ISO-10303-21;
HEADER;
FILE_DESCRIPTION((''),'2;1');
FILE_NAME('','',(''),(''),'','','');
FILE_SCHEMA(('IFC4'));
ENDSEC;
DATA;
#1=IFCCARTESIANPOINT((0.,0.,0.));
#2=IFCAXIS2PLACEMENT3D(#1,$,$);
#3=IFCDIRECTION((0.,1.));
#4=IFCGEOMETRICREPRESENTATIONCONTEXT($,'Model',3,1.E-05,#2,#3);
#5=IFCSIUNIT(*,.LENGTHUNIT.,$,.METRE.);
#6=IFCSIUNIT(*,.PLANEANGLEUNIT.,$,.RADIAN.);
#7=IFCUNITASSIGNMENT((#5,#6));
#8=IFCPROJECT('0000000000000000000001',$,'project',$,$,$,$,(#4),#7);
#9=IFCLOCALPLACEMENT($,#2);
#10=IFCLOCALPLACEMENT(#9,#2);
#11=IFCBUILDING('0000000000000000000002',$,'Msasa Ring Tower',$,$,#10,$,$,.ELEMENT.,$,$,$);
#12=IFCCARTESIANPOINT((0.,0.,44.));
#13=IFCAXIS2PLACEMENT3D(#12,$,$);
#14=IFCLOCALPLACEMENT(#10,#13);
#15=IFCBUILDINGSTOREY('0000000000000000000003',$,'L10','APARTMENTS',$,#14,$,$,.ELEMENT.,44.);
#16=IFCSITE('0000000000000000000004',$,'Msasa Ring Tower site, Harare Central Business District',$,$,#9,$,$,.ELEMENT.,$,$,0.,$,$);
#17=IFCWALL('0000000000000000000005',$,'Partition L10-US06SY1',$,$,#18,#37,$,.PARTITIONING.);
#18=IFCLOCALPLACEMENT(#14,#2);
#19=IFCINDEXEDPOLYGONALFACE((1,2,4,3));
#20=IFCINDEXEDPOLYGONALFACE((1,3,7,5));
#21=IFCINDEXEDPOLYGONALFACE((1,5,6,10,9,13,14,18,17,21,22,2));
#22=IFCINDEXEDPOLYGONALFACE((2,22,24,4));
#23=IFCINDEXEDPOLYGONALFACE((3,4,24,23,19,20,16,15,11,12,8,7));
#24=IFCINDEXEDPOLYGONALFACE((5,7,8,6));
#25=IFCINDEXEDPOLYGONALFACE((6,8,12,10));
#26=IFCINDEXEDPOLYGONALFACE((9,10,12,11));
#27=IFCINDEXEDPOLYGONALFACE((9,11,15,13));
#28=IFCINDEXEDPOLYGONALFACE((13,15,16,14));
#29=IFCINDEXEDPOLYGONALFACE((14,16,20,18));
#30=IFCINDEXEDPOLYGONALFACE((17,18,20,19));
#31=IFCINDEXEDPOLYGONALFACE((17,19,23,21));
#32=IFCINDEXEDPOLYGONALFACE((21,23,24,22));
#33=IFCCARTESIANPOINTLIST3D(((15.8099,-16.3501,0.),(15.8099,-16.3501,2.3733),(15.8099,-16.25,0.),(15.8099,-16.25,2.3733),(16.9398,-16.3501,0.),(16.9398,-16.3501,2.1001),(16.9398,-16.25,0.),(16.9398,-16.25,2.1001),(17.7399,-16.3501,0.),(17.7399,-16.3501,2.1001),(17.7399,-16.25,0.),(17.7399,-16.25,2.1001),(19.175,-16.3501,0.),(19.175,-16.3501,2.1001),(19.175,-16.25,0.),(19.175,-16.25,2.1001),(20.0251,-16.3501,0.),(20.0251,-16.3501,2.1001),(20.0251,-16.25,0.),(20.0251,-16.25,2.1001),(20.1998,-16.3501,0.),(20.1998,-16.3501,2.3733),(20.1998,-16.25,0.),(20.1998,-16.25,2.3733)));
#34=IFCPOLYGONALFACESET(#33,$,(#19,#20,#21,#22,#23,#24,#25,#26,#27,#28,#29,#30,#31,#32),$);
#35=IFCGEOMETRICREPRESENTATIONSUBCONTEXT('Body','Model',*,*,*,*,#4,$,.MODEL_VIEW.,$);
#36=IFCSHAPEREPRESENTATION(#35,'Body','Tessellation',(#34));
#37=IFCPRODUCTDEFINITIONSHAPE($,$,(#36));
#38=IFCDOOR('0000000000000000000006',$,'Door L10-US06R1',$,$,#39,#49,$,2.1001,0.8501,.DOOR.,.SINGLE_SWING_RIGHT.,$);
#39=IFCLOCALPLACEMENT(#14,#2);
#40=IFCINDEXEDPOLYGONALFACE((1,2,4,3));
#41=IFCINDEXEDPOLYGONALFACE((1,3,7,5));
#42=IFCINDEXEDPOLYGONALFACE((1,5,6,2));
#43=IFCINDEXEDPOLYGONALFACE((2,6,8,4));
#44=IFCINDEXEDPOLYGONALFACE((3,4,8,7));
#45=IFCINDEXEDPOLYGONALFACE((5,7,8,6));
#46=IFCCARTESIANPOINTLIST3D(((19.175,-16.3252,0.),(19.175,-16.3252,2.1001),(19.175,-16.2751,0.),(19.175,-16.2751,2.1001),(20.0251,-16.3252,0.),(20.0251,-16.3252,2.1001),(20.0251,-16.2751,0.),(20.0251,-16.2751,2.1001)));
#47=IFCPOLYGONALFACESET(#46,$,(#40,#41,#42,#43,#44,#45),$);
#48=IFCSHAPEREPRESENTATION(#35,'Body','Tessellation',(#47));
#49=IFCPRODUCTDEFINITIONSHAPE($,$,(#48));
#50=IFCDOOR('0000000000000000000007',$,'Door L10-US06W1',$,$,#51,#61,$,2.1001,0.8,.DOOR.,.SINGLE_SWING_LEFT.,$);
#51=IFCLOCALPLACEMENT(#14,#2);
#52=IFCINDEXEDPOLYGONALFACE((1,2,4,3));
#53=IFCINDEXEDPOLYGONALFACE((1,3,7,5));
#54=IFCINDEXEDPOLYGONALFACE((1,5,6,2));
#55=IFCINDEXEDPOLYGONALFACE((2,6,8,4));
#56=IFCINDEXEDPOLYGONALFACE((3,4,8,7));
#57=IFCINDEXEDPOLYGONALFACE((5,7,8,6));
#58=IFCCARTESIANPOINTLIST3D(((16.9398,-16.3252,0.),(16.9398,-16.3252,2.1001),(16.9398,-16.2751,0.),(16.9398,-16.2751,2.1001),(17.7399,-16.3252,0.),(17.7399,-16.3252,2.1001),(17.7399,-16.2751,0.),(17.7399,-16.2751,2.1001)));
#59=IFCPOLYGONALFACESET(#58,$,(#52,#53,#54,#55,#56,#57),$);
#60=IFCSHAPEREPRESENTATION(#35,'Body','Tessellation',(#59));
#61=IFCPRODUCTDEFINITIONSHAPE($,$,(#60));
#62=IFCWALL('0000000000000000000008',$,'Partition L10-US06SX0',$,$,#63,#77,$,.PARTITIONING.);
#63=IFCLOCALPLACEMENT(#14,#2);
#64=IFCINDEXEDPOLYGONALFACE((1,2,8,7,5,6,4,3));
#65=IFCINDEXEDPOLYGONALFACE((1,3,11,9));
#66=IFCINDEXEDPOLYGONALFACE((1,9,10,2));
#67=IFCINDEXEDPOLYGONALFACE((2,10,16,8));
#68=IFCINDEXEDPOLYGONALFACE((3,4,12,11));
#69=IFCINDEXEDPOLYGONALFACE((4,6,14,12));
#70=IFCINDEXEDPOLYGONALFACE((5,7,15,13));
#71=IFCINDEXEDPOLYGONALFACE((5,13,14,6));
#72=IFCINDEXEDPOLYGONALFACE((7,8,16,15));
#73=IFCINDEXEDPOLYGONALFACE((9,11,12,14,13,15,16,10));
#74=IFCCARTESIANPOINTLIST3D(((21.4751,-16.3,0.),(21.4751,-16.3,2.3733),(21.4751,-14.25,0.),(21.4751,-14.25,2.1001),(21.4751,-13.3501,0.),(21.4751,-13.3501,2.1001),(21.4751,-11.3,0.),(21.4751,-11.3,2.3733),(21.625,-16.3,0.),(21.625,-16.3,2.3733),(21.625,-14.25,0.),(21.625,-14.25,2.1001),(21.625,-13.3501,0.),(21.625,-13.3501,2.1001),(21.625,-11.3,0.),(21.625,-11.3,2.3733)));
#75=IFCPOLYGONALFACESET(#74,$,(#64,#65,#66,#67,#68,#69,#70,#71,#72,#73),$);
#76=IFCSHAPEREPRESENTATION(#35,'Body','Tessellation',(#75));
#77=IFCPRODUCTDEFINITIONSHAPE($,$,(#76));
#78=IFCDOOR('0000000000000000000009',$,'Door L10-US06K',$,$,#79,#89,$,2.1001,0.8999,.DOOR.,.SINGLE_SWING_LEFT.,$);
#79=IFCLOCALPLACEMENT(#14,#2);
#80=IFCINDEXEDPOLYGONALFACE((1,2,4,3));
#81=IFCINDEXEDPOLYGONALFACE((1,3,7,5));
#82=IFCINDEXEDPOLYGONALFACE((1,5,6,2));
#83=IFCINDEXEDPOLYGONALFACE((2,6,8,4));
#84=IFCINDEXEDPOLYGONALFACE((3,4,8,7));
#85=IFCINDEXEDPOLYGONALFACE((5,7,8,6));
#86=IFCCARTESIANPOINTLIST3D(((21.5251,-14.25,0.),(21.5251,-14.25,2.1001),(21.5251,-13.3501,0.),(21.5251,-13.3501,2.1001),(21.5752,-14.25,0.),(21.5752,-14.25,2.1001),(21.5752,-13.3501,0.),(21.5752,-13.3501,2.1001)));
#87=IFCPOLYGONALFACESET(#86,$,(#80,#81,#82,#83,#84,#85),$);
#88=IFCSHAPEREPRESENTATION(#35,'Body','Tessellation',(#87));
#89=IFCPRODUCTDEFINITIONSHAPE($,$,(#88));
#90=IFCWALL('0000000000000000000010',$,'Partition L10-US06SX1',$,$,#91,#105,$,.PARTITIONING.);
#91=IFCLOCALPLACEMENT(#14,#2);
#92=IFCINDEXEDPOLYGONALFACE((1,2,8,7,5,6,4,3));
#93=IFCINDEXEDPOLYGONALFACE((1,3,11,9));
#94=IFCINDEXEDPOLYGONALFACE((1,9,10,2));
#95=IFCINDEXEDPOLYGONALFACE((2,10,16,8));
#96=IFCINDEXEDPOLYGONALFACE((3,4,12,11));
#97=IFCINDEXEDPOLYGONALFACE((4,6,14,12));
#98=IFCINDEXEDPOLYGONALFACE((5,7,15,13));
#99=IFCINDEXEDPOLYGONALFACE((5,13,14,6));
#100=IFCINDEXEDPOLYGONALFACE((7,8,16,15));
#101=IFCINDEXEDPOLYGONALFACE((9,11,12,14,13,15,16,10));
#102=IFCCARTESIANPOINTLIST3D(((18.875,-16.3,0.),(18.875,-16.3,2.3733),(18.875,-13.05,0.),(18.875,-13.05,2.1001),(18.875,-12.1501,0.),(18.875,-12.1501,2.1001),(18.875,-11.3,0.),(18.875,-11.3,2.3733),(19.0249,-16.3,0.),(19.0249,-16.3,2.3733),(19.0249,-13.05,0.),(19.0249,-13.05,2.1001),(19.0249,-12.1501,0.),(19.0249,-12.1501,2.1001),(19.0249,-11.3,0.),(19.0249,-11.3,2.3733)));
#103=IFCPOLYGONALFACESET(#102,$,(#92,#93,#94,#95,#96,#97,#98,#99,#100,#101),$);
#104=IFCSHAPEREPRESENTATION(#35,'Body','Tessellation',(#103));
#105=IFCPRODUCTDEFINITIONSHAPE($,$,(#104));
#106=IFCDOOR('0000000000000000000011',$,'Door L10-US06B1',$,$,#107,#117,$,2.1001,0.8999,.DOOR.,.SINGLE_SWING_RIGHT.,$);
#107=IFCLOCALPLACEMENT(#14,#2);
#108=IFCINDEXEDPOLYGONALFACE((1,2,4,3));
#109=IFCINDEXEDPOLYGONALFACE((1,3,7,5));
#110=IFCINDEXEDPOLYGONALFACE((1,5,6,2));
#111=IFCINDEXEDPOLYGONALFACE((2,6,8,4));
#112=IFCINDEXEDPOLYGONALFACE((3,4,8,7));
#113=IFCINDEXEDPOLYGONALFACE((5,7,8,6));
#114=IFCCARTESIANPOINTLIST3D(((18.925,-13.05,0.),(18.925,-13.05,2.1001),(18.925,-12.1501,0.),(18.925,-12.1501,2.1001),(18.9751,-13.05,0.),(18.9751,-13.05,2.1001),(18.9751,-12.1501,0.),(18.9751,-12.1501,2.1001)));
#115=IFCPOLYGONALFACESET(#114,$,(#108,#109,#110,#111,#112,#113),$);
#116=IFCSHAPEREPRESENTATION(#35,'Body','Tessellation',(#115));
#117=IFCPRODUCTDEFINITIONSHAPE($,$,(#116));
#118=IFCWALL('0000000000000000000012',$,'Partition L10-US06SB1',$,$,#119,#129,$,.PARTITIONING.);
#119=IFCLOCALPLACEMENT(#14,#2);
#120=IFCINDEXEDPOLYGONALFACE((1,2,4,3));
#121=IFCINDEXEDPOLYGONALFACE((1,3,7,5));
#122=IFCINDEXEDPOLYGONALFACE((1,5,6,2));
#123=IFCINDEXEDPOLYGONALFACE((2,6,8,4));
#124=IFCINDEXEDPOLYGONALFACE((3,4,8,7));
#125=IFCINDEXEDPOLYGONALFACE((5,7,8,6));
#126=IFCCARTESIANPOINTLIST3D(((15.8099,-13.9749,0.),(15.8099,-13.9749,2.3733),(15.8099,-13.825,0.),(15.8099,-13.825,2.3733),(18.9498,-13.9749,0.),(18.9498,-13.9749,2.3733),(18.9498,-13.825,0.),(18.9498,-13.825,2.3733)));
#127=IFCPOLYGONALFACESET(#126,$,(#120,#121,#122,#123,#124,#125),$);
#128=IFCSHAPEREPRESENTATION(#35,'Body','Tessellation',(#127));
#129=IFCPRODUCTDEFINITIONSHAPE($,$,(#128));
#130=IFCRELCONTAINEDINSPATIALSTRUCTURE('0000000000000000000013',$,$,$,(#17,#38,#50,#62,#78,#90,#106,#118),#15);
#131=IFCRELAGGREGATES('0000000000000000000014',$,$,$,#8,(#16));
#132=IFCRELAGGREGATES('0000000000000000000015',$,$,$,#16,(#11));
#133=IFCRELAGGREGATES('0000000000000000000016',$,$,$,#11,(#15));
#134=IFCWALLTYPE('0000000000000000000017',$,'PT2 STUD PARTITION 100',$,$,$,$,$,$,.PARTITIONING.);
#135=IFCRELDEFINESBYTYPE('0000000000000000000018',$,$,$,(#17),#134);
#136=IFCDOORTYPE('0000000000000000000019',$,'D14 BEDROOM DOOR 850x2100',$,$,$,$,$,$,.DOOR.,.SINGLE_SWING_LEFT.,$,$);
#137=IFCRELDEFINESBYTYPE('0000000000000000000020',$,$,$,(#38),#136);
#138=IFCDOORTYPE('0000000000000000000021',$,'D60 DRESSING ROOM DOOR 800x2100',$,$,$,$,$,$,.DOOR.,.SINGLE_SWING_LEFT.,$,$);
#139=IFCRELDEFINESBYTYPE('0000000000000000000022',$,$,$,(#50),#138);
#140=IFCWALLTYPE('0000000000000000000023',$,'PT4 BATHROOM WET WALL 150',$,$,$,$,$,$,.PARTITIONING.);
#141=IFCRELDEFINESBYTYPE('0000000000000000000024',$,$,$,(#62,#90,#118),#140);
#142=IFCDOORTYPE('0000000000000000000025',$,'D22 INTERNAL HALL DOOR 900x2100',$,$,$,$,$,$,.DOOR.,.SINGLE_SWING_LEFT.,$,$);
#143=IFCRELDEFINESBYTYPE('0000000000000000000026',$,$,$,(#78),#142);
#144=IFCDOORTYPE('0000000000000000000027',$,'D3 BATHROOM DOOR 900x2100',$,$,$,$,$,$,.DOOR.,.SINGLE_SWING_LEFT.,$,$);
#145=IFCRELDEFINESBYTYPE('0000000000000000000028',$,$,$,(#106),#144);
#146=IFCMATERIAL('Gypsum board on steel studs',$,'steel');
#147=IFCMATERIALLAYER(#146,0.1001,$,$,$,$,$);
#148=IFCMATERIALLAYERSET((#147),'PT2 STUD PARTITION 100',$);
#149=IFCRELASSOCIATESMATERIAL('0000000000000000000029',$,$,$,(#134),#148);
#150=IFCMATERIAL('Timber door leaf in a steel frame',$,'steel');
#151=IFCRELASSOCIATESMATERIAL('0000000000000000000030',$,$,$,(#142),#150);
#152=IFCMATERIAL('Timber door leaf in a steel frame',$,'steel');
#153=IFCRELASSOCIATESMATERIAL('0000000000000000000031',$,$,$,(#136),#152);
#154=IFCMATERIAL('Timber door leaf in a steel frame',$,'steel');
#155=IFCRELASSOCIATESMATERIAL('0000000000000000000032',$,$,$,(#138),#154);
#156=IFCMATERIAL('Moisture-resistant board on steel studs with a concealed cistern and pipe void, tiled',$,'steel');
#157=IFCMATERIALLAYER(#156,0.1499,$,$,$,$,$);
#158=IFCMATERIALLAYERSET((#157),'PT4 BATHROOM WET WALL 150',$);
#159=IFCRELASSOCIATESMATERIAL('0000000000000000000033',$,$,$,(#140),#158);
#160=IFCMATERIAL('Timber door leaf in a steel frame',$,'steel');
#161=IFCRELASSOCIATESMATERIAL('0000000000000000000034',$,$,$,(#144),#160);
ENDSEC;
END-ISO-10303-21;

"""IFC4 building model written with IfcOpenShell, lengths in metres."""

from ifc_helpers import new_model, si_unit, direction, frame, frame_2d, origin, place, context, subcontext, project, spatial, rectangle, extrude, material, layer, layer_set, type_object, element, fill, save


model = new_model("IFC4")

# Units and contexts
model_context = context("Model", 3, precision=1e-05, world=origin(), true_north=direction((0.0, 1.0)))
body_context = subcontext(model_context, "Body", "Model", "MODEL_VIEW")
ifc_project = project(units=[si_unit("LENGTHUNIT", "METRE"), si_unit("PLANEANGLEUNIT", "RADIAN")], contexts=[model_context])

# Site, building, storey
site_placement = place(None, origin())
site = spatial("IfcSite", under=ifc_project, at=site_placement, Name="Msasa Ring Tower site, Harare Central Business District", CompositionType="ELEMENT", RefElevation=0.0)
building_placement = place(site_placement, origin())
building = spatial("IfcBuilding", under=site, at=building_placement, Name="Msasa Ring Tower", CompositionType="ELEMENT")
storey_placement = place(building_placement, frame((0.0, 0.0, 44.0)))
storey = spatial("IfcBuildingStorey", under=building, at=storey_placement, Name="L10", Description="APARTMENTS", CompositionType="ELEMENT", Elevation=44.0)

# Shared definitions
ifc_material_1 = material(Name="Gypsum board on steel studs", Category="steel")
ifc_layer_1 = layer(ifc_material_1, 0.1001)
ifc_layer_set_1 = layer_set([ifc_layer_1], Name="PT2 STUD PARTITION 100")
wall_type_1 = type_object("IfcWallType", Name="PT2 STUD PARTITION 100", PredefinedType="PARTITIONING", material=ifc_layer_set_1)

# Shared definitions
ifc_material_2 = material(Name="Timber door leaf in a steel frame", Category="steel")
door_type_1 = type_object("IfcDoorType", Name="D22 INTERNAL HALL DOOR 900x2100", OperationType="SINGLE_SWING_LEFT", PredefinedType="DOOR", material=ifc_material_2)

# Wall, openings, doors
wall_1_placement = place(storey_placement, frame((15.8101, -16.3, 0.0), z_axis=(0.0, 0.0, 1.0), x_axis=(1.0, 0.0, 0.0)))
wall_1 = element("IfcWall", 1, at=wall_1_placement, inside=storey, type_object=wall_type_1, Name="Partition L10-US06SY1", PredefinedType="PARTITIONING", context=body_context, shape_type="SweptSolid", body=[
    extrude(rectangle(XDim=4.3899, YDim=0.1001, at=frame_2d((2.1948, 0.0))), origin(), (0.0, 0.0, 1.0), 2.3733),
])
opening_1_placement = place(wall_1_placement, frame((3.365, 0.0, 0.0)))
opening_1 = element("IfcOpeningElement", 2, at=opening_1_placement, cuts=wall_1, PredefinedType="OPENING", context=body_context, shape_type="SweptSolid", body=[
    extrude(rectangle(XDim=0.8501, YDim=2.1001, at=frame_2d((0.425, 1.05))), frame((0.0, 0.0601, 0.0), z_axis=(0.0, -1.0, 0.0), x_axis=(1.0, 0.0, 0.0)), (0.0, 0.0, 1.0), 0.1201),
])
opening_2_placement = place(wall_1_placement, frame((1.1299, 0.0, 0.0)))
opening_2 = element("IfcOpeningElement", 3, at=opening_2_placement, cuts=wall_1, PredefinedType="OPENING", context=body_context, shape_type="SweptSolid", body=[
    extrude(rectangle(XDim=0.8, YDim=2.1001, at=frame_2d((0.3999, 1.05))), frame((0.0, 0.0601, 0.0), z_axis=(0.0, -1.0, 0.0), x_axis=(1.0, 0.0, 0.0)), (0.0, 0.0, 1.0), 0.1201),
])
ifc_material_3 = material(Name="Timber door leaf in a steel frame", Category="steel")
door_type_2 = type_object("IfcDoorType", Name="D14 BEDROOM DOOR 850x2100", OperationType="SINGLE_SWING_LEFT", PredefinedType="DOOR", material=ifc_material_3)
door_1_placement = place(opening_1_placement, origin())
door_1 = element("IfcDoor", 4, at=door_1_placement, inside=storey, type_object=door_type_2, Name="Door L10-US06R1", OperationType="SINGLE_SWING_RIGHT", OverallHeight=2.1001, OverallWidth=0.8501, PredefinedType="DOOR", context=body_context, shape_type="SweptSolid", body=[
    extrude(rectangle(XDim=0.8501, YDim=2.1001, at=frame_2d((0.425, 1.05))), frame((0.0, 0.0249, 0.0), z_axis=(0.0, -1.0, 0.0), x_axis=(1.0, 0.0, 0.0)), (0.0, 0.0, 1.0), 0.05),
])
fill(opening_1, door_1)
ifc_material_4 = material(Name="Timber door leaf in a steel frame", Category="steel")
door_type_3 = type_object("IfcDoorType", Name="D60 DRESSING ROOM DOOR 800x2100", OperationType="SINGLE_SWING_LEFT", PredefinedType="DOOR", material=ifc_material_4)
door_2_placement = place(opening_2_placement, origin())
door_2 = element("IfcDoor", 5, at=door_2_placement, inside=storey, type_object=door_type_3, Name="Door L10-US06W1", OperationType="SINGLE_SWING_LEFT", OverallHeight=2.1001, OverallWidth=0.8, PredefinedType="DOOR", context=body_context, shape_type="SweptSolid", body=[
    extrude(rectangle(XDim=0.8, YDim=2.1001, at=frame_2d((0.3999, 1.05))), frame((0.0, 0.0249, 0.0), z_axis=(0.0, -1.0, 0.0), x_axis=(1.0, 0.0, 0.0)), (0.0, 0.0, 1.0), 0.05),
])
fill(opening_2, door_2)

# Walls, openings, doors
ifc_material_5 = material(Name="Moisture-resistant board on steel studs with a concealed cistern and pipe void, tiled", Category="steel")
ifc_layer_2 = layer(ifc_material_5, 0.1499)
ifc_layer_set_2 = layer_set([ifc_layer_2], Name="PT4 BATHROOM WET WALL 150")
wall_type_2 = type_object("IfcWallType", Name="PT4 BATHROOM WET WALL 150", PredefinedType="PARTITIONING", material=ifc_layer_set_2)
wall_2_placement = place(storey_placement, frame((21.55, -16.3, 0.0), z_axis=(0.0, 0.0, 1.0), x_axis=(0.0, 1.0, 0.0)))
wall_2 = element("IfcWall", 6, at=wall_2_placement, inside=storey, type_object=wall_type_2, Name="Partition L10-US06SX0", PredefinedType="PARTITIONING", context=body_context, shape_type="SweptSolid", body=[
    extrude(rectangle(XDim=5.0, YDim=0.1499, at=frame_2d((2.5, 0.0))), origin(), (0.0, 0.0, 1.0), 2.3733),
])
opening_3_placement = place(wall_2_placement, frame((2.05, 0.0, 0.0)))
opening_3 = element("IfcOpeningElement", 7, at=opening_3_placement, cuts=wall_2, PredefinedType="OPENING", context=body_context, shape_type="SweptSolid", body=[
    extrude(rectangle(XDim=0.8999, YDim=2.1001, at=frame_2d((0.45, 1.05))), frame((0.0, 0.085, 0.0), z_axis=(0.0, -1.0, 0.0), x_axis=(1.0, 0.0, 0.0)), (0.0, 0.0, 1.0), 0.1699),
])
door_3_placement = place(opening_3_placement, origin())
door_3 = element("IfcDoor", 8, at=door_3_placement, inside=storey, type_object=door_type_1, Name="Door L10-US06K", OperationType="SINGLE_SWING_LEFT", OverallHeight=2.1001, OverallWidth=0.8999, PredefinedType="DOOR", context=body_context, shape_type="SweptSolid", body=[
    extrude(rectangle(XDim=0.8999, YDim=2.1001, at=frame_2d((0.45, 1.05))), frame((0.0, 0.0249, 0.0), z_axis=(0.0, -1.0, 0.0), x_axis=(1.0, 0.0, 0.0)), (0.0, 0.0, 1.0), 0.05),
])
fill(opening_3, door_3)
wall_3_placement = place(storey_placement, frame((18.95, -16.3, 0.0), z_axis=(0.0, 0.0, 1.0), x_axis=(0.0, 1.0, 0.0)))
wall_3 = element("IfcWall", 9, at=wall_3_placement, inside=storey, type_object=wall_type_2, Name="Partition L10-US06SX1", PredefinedType="PARTITIONING", context=body_context, shape_type="SweptSolid", body=[
    extrude(rectangle(XDim=5.0, YDim=0.1499, at=frame_2d((2.5, 0.0))), origin(), (0.0, 0.0, 1.0), 2.3733),
])
opening_4_placement = place(wall_3_placement, frame((3.25, 0.0, 0.0)))
opening_4 = element("IfcOpeningElement", 10, at=opening_4_placement, cuts=wall_3, PredefinedType="OPENING", context=body_context, shape_type="SweptSolid", body=[
    extrude(rectangle(XDim=0.8999, YDim=2.1001, at=frame_2d((0.45, 1.05))), frame((0.0, 0.085, 0.0), z_axis=(0.0, -1.0, 0.0), x_axis=(1.0, 0.0, 0.0)), (0.0, 0.0, 1.0), 0.1699),
])
ifc_material_6 = material(Name="Timber door leaf in a steel frame", Category="steel")
door_type_4 = type_object("IfcDoorType", Name="D3 BATHROOM DOOR 900x2100", OperationType="SINGLE_SWING_LEFT", PredefinedType="DOOR", material=ifc_material_6)
door_4_placement = place(opening_4_placement, origin())
door_4 = element("IfcDoor", 11, at=door_4_placement, inside=storey, type_object=door_type_4, Name="Door L10-US06B1", OperationType="SINGLE_SWING_RIGHT", OverallHeight=2.1001, OverallWidth=0.8999, PredefinedType="DOOR", context=body_context, shape_type="SweptSolid", body=[
    extrude(rectangle(XDim=0.8999, YDim=2.1001, at=frame_2d((0.45, 1.05))), frame((0.0, 0.0249, 0.0), z_axis=(0.0, -1.0, 0.0), x_axis=(1.0, 0.0, 0.0)), (0.0, 0.0, 1.0), 0.05),
])
fill(opening_4, door_4)

# Wall
wall_4_placement = place(storey_placement, frame((15.8101, -13.8999, 0.0), z_axis=(0.0, 0.0, 1.0), x_axis=(1.0, 0.0, 0.0)))
element("IfcWall", 12, at=wall_4_placement, inside=storey, type_object=wall_type_2, Name="Partition L10-US06SB1", PredefinedType="PARTITIONING", context=body_context, shape_type="SweptSolid", body=[
    extrude(rectangle(XDim=3.1399, YDim=0.1499, at=frame_2d((1.5698, 0.0))), origin(), (0.0, 0.0, 1.0), 2.3733),
])

save(model, "model.ifc")
